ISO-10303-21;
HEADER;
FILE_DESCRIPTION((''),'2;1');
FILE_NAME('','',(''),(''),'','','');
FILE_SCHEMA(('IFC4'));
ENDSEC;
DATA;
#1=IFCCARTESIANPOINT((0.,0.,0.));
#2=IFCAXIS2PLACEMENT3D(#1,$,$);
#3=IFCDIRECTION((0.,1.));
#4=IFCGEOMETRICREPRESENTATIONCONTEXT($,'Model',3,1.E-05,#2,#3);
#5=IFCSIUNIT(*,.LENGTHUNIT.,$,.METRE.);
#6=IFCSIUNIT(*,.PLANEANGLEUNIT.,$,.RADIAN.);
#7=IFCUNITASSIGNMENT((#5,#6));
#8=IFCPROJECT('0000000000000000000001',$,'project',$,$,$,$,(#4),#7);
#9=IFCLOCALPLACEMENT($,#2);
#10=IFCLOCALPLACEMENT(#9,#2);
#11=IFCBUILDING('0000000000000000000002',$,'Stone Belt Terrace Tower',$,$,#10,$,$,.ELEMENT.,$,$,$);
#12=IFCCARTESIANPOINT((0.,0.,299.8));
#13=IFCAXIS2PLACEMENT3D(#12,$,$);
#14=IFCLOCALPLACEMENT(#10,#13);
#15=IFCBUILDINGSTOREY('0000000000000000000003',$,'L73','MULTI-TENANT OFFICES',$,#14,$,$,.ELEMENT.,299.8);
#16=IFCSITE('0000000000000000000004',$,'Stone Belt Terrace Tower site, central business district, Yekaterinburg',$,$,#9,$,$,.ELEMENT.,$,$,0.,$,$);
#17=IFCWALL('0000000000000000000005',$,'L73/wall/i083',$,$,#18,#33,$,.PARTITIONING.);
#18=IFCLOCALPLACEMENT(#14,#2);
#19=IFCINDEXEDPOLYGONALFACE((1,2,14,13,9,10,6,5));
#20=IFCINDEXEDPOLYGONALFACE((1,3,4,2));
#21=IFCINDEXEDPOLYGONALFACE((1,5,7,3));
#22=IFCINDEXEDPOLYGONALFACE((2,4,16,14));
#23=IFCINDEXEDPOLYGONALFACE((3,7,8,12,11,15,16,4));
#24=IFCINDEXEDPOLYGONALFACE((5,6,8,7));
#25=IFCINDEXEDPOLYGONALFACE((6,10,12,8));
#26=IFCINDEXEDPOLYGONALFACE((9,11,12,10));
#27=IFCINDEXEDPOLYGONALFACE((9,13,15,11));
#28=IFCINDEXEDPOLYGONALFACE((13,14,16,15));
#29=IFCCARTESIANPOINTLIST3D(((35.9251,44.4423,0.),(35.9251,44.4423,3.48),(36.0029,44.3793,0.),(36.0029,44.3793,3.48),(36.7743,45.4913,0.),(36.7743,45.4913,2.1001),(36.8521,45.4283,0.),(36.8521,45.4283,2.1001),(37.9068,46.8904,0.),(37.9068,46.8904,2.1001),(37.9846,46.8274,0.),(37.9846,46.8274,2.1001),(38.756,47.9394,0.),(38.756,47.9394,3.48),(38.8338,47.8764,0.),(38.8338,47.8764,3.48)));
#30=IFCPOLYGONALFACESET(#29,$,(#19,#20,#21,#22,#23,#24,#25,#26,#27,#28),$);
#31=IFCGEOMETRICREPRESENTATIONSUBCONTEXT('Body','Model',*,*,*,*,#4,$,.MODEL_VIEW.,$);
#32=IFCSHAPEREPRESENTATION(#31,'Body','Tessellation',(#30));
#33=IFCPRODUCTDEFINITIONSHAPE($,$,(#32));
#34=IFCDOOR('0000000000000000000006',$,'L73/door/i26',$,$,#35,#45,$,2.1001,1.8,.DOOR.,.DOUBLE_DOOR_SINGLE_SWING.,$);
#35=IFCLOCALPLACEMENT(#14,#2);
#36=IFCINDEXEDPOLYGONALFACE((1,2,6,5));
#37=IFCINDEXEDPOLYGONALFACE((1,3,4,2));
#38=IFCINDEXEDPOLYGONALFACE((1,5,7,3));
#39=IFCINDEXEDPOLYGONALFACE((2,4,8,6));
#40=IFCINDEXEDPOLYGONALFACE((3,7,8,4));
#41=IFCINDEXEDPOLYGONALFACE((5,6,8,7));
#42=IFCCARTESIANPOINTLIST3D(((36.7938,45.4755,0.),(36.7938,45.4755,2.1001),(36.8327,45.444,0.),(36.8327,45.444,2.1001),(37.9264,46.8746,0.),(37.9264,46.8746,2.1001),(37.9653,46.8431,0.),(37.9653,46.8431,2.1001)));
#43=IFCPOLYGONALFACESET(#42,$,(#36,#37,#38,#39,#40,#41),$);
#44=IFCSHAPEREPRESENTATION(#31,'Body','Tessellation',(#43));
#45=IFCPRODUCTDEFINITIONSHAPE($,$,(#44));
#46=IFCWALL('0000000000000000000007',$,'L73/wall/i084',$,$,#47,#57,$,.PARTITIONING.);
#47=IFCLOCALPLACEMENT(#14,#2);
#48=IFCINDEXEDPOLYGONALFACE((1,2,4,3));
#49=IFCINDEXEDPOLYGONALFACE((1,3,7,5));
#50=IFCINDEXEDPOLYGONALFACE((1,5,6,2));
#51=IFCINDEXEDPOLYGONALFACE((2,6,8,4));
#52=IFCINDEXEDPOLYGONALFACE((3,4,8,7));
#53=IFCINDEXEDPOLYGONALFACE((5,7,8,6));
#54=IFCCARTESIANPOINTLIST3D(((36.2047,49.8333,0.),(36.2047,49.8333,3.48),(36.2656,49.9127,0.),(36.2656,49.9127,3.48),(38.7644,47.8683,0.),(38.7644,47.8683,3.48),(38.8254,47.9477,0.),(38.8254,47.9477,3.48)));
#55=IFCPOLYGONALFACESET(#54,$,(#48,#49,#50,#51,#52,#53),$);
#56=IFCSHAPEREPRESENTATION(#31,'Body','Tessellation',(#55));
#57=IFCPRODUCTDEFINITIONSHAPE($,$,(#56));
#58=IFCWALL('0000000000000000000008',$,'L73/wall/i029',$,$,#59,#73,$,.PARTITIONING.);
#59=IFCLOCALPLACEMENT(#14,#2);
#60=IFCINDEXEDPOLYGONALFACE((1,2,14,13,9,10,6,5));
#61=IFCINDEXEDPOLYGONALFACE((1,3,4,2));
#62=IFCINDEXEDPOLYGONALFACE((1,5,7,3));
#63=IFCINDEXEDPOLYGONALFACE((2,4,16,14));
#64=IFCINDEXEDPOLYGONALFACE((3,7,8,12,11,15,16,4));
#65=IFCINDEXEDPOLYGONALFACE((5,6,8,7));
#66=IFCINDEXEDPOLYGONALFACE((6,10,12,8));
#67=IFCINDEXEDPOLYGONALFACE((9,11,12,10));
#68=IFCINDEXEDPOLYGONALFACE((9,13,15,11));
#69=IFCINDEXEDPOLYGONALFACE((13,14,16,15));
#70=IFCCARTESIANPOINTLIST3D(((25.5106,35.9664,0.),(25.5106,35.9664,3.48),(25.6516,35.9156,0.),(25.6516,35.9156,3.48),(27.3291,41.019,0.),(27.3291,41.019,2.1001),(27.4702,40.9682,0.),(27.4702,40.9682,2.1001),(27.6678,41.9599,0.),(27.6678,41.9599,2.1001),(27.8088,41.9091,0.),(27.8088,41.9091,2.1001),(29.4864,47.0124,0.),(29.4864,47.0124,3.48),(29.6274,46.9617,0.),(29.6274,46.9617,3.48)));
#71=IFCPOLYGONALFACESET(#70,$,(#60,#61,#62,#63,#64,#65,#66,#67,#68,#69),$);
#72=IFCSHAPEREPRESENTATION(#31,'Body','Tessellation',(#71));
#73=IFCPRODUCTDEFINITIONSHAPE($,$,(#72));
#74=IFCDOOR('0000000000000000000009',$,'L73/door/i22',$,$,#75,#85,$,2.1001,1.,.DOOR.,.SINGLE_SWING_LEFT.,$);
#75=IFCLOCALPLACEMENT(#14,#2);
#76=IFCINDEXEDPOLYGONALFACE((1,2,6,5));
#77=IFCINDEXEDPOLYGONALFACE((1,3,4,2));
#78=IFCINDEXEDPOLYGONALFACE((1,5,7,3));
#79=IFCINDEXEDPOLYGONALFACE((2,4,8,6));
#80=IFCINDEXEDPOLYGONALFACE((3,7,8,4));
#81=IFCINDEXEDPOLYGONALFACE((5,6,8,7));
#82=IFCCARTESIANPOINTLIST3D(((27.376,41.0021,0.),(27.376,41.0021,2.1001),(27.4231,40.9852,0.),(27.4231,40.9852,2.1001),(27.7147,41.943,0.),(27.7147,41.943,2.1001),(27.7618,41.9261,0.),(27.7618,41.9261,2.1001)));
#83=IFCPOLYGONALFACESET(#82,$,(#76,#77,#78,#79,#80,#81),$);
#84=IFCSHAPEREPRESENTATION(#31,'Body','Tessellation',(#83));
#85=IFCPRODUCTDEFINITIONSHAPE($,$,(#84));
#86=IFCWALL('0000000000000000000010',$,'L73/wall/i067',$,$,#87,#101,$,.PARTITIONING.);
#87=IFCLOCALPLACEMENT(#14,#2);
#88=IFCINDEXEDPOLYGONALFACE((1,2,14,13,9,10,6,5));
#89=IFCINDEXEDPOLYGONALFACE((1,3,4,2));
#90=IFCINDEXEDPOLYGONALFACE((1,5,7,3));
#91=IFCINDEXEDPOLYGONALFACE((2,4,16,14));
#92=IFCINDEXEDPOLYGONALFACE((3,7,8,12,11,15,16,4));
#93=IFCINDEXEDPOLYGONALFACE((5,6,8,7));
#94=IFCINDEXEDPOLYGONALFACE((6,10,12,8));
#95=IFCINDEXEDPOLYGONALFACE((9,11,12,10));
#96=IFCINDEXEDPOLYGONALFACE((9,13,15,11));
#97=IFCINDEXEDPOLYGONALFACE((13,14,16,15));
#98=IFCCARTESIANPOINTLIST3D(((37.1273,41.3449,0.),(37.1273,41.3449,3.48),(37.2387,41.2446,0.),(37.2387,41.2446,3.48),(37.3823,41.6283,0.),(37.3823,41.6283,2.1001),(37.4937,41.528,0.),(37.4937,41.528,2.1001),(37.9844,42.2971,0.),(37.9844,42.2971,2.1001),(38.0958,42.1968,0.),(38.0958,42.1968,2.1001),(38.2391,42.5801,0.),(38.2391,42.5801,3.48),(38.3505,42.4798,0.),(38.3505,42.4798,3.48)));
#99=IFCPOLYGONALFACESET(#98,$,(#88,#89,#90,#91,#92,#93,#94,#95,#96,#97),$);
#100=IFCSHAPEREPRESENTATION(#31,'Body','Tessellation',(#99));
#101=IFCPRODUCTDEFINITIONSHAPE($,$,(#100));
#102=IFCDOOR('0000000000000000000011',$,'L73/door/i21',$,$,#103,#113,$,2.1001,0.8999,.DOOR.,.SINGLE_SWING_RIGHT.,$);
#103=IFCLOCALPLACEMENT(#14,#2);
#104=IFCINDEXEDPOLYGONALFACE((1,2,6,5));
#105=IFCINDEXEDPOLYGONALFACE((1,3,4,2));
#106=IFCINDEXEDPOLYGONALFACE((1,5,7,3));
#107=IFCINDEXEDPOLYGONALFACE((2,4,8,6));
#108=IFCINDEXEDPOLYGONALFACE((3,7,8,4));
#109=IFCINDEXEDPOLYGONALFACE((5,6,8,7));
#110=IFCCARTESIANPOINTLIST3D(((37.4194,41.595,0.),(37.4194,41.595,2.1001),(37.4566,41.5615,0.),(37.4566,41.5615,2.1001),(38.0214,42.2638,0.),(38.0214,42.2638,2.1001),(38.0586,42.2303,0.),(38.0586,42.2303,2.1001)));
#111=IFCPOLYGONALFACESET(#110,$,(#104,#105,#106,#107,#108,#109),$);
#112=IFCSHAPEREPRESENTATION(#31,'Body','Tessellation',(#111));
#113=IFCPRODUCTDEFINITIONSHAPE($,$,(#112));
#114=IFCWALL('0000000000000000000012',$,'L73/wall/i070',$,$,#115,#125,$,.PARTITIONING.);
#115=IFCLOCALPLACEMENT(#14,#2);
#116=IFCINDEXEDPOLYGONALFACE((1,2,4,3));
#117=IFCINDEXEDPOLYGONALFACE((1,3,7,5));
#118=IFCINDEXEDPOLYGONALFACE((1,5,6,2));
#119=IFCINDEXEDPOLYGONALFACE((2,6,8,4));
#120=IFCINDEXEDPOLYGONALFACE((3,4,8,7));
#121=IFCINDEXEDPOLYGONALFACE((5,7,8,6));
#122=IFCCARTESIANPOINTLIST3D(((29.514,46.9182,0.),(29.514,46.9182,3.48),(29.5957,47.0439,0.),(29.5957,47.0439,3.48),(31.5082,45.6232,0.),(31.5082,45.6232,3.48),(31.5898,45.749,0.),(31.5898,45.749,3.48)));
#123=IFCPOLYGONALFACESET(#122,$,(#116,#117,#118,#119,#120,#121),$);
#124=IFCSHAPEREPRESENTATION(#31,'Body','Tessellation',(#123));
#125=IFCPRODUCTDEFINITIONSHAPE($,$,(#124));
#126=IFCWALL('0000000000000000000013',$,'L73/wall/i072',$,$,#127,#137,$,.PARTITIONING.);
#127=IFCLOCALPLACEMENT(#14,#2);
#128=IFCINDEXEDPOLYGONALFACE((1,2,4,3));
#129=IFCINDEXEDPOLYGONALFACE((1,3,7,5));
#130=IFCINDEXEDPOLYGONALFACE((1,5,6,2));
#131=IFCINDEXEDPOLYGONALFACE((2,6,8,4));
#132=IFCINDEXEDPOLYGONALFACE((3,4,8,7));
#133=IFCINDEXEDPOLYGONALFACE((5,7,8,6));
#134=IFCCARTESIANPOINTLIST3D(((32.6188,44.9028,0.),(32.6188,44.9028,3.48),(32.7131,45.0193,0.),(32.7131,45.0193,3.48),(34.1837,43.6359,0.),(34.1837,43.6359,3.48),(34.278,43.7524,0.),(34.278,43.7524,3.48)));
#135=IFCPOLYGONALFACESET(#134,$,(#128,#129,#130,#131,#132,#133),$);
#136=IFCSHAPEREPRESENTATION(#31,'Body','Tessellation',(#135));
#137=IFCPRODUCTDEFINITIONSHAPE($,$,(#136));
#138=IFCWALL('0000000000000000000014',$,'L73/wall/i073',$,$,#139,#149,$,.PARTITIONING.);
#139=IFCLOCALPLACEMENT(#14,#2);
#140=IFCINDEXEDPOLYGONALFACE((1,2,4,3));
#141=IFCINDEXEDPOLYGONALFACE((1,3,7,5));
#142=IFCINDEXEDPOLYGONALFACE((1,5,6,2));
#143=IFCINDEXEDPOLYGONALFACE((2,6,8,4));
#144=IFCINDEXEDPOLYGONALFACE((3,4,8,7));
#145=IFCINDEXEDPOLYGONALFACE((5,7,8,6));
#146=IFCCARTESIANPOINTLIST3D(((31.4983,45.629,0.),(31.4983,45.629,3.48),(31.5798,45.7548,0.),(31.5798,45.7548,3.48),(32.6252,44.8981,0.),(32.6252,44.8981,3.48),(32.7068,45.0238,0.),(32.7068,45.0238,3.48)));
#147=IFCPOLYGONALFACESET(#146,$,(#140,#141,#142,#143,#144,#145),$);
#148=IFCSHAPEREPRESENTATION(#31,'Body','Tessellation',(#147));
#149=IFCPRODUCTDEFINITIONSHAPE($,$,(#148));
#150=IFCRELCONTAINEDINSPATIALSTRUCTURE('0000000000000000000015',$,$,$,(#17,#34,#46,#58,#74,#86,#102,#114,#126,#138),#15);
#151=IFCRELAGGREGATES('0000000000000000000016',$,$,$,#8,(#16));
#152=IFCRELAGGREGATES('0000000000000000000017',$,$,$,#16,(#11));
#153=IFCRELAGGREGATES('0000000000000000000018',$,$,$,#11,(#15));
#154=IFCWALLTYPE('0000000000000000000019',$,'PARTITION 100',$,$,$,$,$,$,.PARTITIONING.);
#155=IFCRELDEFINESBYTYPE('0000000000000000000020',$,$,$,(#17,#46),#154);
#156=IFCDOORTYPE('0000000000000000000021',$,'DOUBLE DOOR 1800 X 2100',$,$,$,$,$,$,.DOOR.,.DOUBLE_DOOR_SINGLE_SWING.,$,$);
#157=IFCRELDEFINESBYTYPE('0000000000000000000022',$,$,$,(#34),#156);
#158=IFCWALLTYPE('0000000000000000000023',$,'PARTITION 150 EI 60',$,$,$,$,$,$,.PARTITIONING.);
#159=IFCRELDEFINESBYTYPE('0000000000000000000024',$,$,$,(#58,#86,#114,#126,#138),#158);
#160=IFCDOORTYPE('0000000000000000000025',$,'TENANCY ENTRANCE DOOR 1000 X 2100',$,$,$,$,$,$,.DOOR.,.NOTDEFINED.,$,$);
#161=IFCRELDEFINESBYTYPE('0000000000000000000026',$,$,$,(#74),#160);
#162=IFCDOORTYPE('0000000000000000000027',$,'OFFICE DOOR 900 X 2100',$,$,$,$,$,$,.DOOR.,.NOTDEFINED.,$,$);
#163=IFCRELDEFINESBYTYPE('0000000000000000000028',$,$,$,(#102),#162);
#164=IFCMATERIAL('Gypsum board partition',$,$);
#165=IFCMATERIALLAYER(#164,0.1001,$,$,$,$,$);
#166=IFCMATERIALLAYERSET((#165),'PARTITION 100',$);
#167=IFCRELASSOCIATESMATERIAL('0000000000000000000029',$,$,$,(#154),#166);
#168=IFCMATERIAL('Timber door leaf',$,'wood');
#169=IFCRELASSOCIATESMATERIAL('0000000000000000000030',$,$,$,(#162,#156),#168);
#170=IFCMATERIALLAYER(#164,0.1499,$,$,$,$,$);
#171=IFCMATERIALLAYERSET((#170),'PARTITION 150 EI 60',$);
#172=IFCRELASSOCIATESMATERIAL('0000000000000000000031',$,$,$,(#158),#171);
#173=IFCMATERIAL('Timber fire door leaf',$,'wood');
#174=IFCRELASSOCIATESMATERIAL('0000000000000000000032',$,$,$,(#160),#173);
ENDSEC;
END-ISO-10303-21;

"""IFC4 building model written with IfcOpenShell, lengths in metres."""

from ifc_helpers import new_model, si_unit, direction, frame, frame_2d, origin, place, context, subcontext, project, spatial, rectangle, extrude, material, layer, layer_set, type_object, element, fill, save


model = new_model("IFC4")

# Units and contexts
model_context = context("Model", 3, precision=1e-05, world=origin(), true_north=direction((0.0, 1.0)))
body_context = subcontext(model_context, "Body", "Model", "MODEL_VIEW")
ifc_project = project(units=[si_unit("LENGTHUNIT", "METRE"), si_unit("PLANEANGLEUNIT", "RADIAN")], contexts=[model_context])

# Site, building, storey
site_placement = place(None, origin())
site = spatial("IfcSite", under=ifc_project, at=site_placement, Name="Stone Belt Terrace Tower site, central business district, Yekaterinburg", CompositionType="ELEMENT", RefElevation=0.0)
building_placement = place(site_placement, origin())
building = spatial("IfcBuilding", under=site, at=building_placement, Name="Stone Belt Terrace Tower", CompositionType="ELEMENT")
storey_placement = place(building_placement, frame((0.0, 0.0, 299.8)))
storey = spatial("IfcBuildingStorey", under=building, at=storey_placement, Name="L73", Description="MULTI-TENANT OFFICES", CompositionType="ELEMENT", Elevation=299.8)

# Shared definitions
ifc_material_1 = material(Name="Gypsum board partition")
ifc_layer_1 = layer(ifc_material_1, 0.1001)
ifc_layer_set_1 = layer_set([ifc_layer_1], Name="PARTITION 100")
wall_type_1 = type_object("IfcWallType", Name="PARTITION 100", PredefinedType="PARTITIONING", material=ifc_layer_set_1)
ifc_material_2 = material(Name="Timber door leaf", Category="wood")
door_type_1 = type_object("IfcDoorType", Name="OFFICE DOOR 900 X 2100", OperationType="NOTDEFINED", PredefinedType="DOOR", material=ifc_material_2)

# Wall, opening, door
wall_1_placement = place(storey_placement, frame((35.9641, 44.4109, 0.0), z_axis=(0.0, 0.0, 1.0), x_axis=(0.629178, 0.777261, 0.0)))
wall_1 = element("IfcWall", 1, at=wall_1_placement, inside=storey, type_object=wall_type_1, Name="L73/wall/i083", PredefinedType="PARTITIONING", context=body_context, shape_type="SweptSolid", body=[
    extrude(rectangle(XDim=4.4993, YDim=0.1001, at=frame_2d((2.2495, 0.0))), origin(), (0.0, 0.0, 1.0), 3.48),
])
opening_1_placement = place(wall_1_placement, frame((1.3496, 0.0, 0.0)))
opening_1 = element("IfcOpeningElement", 2, at=opening_1_placement, cuts=wall_1, PredefinedType="OPENING", context=body_context, shape_type="SweptSolid", body=[
    extrude(rectangle(XDim=1.8, YDim=2.1001, at=frame_2d((0.8999, 1.05))), frame((0.0, 0.0601, 0.0), z_axis=(0.0, -1.0, 0.0), x_axis=(1.0, 0.0, 0.0)), (0.0, 0.0, 1.0), 0.1201),
])
door_type_2 = type_object("IfcDoorType", Name="DOUBLE DOOR 1800 X 2100", OperationType="DOUBLE_DOOR_SINGLE_SWING", PredefinedType="DOOR", material=ifc_material_2)
door_1_placement = place(opening_1_placement, origin())
door_1 = element("IfcDoor", 3, at=door_1_placement, inside=storey, type_object=door_type_2, Name="L73/door/i26", OperationType="DOUBLE_DOOR_SINGLE_SWING", OverallHeight=2.1001, OverallWidth=1.8, PredefinedType="DOOR", context=body_context, shape_type="SweptSolid", body=[
    extrude(rectangle(XDim=1.8, YDim=2.1001, at=frame_2d((0.8999, 1.05))), frame((0.0, 0.0249, 0.0), z_axis=(0.0, -1.0, 0.0), x_axis=(1.0, 0.0, 0.0)), (0.0, 0.0, 1.0), 0.05),
])
fill(opening_1, door_1)

# Wall
wall_2_placement = place(storey_placement, frame((38.7949, 47.908, 0.0), z_axis=(0.0, 0.0, 1.0), x_axis=(-0.793223, 0.608932, 0.0)))
element("IfcWall", 4, at=wall_2_placement, inside=storey, type_object=wall_type_1, Name="L73/wall/i084", PredefinedType="PARTITIONING", context=body_context, shape_type="SweptSolid", body=[
    extrude(rectangle(XDim=3.2271, YDim=0.1001, at=frame_2d((1.6135, 0.0))), origin(), (0.0, 0.0, 1.0), 3.48),
])

# Walls, openings, doors
ifc_layer_2 = layer(ifc_material_1, 0.1499)
ifc_layer_set_2 = layer_set([ifc_layer_2], Name="PARTITION 150 EI 60")
wall_type_2 = type_object("IfcWallType", Name="PARTITION 150 EI 60", PredefinedType="PARTITIONING", material=ifc_layer_set_2)
wall_3_placement = place(storey_placement, frame((29.5569, 46.9871, 0.0), z_axis=(0.0, 0.0, 1.0), x_axis=(-0.338661, -0.940909, 0.0)))
wall_3 = element("IfcWall", 5, at=wall_3_placement, inside=storey, type_object=wall_type_2, Name="L73/wall/i029", PredefinedType="PARTITIONING", context=body_context, shape_type="SweptSolid", body=[
    extrude(rectangle(XDim=11.7397, YDim=0.1499, at=frame_2d((5.8699, 0.0))), origin(), (0.0, 0.0, 1.0), 3.48),
])
opening_2_placement = place(wall_3_placement, frame((5.3699, 0.0, 0.0)))
opening_2 = element("IfcOpeningElement", 6, at=opening_2_placement, cuts=wall_3, PredefinedType="OPENING", context=body_context, shape_type="SweptSolid", body=[
    extrude(rectangle(XDim=1.0, YDim=2.1001, at=frame_2d((0.5, 1.05))), frame((0.0, 0.085, 0.0), z_axis=(0.0, -1.0, 0.0), x_axis=(1.0, 0.0, 0.0)), (0.0, 0.0, 1.0), 0.1699),
])
ifc_material_3 = material(Name="Timber fire door leaf", Category="wood")
door_type_3 = type_object("IfcDoorType", Name="TENANCY ENTRANCE DOOR 1000 X 2100", OperationType="NOTDEFINED", PredefinedType="DOOR", material=ifc_material_3)
door_2_placement = place(opening_2_placement, origin())
door_2 = element("IfcDoor", 7, at=door_2_placement, inside=storey, type_object=door_type_3, Name="L73/door/i22", OperationType="SINGLE_SWING_LEFT", OverallHeight=2.1001, OverallWidth=1.0, PredefinedType="DOOR", context=body_context, shape_type="SweptSolid", body=[
    extrude(rectangle(XDim=1.0, YDim=2.1001, at=frame_2d((0.5, 1.05))), frame((0.0, 0.0249, 0.0), z_axis=(0.0, -1.0, 0.0), x_axis=(1.0, 0.0, 0.0)), (0.0, 0.0, 1.0), 0.05),
])
fill(opening_2, door_2)
wall_4_placement = place(storey_placement, frame((38.2949, 42.53, 0.0), z_axis=(0.0, 0.0, 1.0), x_axis=(-0.669038, -0.743228, 0.0)))
wall_4 = element("IfcWall", 8, at=wall_4_placement, inside=storey, type_object=wall_type_2, Name="L73/wall/i067", PredefinedType="PARTITIONING", context=body_context, shape_type="SweptSolid", body=[
    extrude(rectangle(XDim=1.6619, YDim=0.1499, at=frame_2d((0.8311, 0.0))), origin(), (0.0, 0.0, 1.0), 3.48),
])
opening_3_placement = place(wall_4_placement, frame((0.3809, 0.0, 0.0)))
opening_3 = element("IfcOpeningElement", 9, at=opening_3_placement, cuts=wall_4, PredefinedType="OPENING", context=body_context, shape_type="SweptSolid", body=[
    extrude(rectangle(XDim=0.8999, YDim=2.1001, at=frame_2d((0.45, 1.05))), frame((0.0, 0.085, 0.0), z_axis=(0.0, -1.0, 0.0), x_axis=(1.0, 0.0, 0.0)), (0.0, 0.0, 1.0), 0.1699),
])
door_3_placement = place(opening_3_placement, origin())
door_3 = element("IfcDoor", 10, at=door_3_placement, inside=storey, type_object=door_type_1, Name="L73/door/i21", OperationType="SINGLE_SWING_RIGHT", OverallHeight=2.1001, OverallWidth=0.8999, PredefinedType="DOOR", context=body_context, shape_type="SweptSolid", body=[
    extrude(rectangle(XDim=0.8999, YDim=2.1001, at=frame_2d((0.45, 1.05))), frame((0.0, 0.0249, 0.0), z_axis=(0.0, -1.0, 0.0), x_axis=(1.0, 0.0, 0.0)), (0.0, 0.0, 1.0), 0.05),
])
fill(opening_3, door_3)

# Walls
wall_5_placement = place(storey_placement, frame((31.5491, 45.686, 0.0), z_axis=(0.0, 0.0, 1.0), x_axis=(-0.838688, 0.544613, 0.0)))
element("IfcWall", 11, at=wall_5_placement, inside=storey, type_object=wall_type_2, Name="L73/wall/i070", PredefinedType="PARTITIONING", context=body_context, shape_type="SweptSolid", body=[
    extrude(rectangle(XDim=2.3777, YDim=0.1499, at=frame_2d((1.189, 0.0))), origin(), (0.0, 0.0, 1.0), 3.48),
])
wall_6_placement = place(storey_placement, frame((34.231, 43.6941, 0.0), z_axis=(0.0, 0.0, 1.0), x_axis=(-0.777248, 0.629195, 0.0)))
element("IfcWall", 12, at=wall_6_placement, inside=storey, type_object=wall_type_2, Name="L73/wall/i072", PredefinedType="PARTITIONING", context=body_context, shape_type="SweptSolid", body=[
    extrude(rectangle(XDim=2.0134, YDim=0.1499, at=frame_2d((1.0068, 0.0))), origin(), (0.0, 0.0, 1.0), 3.48),
])
wall_7_placement = place(storey_placement, frame((32.666, 44.9609, 0.0), z_axis=(0.0, 0.0, 1.0), x_axis=(-0.838975, 0.54417, 0.0)))
element("IfcWall", 13, at=wall_7_placement, inside=storey, type_object=wall_type_2, Name="L73/wall/i073", PredefinedType="PARTITIONING", context=body_context, shape_type="SweptSolid", body=[
    extrude(rectangle(XDim=1.3433, YDim=0.1499, at=frame_2d((0.6716, 0.0))), origin(), (0.0, 0.0, 1.0), 3.48),
])

save(model, "model.ifc")
